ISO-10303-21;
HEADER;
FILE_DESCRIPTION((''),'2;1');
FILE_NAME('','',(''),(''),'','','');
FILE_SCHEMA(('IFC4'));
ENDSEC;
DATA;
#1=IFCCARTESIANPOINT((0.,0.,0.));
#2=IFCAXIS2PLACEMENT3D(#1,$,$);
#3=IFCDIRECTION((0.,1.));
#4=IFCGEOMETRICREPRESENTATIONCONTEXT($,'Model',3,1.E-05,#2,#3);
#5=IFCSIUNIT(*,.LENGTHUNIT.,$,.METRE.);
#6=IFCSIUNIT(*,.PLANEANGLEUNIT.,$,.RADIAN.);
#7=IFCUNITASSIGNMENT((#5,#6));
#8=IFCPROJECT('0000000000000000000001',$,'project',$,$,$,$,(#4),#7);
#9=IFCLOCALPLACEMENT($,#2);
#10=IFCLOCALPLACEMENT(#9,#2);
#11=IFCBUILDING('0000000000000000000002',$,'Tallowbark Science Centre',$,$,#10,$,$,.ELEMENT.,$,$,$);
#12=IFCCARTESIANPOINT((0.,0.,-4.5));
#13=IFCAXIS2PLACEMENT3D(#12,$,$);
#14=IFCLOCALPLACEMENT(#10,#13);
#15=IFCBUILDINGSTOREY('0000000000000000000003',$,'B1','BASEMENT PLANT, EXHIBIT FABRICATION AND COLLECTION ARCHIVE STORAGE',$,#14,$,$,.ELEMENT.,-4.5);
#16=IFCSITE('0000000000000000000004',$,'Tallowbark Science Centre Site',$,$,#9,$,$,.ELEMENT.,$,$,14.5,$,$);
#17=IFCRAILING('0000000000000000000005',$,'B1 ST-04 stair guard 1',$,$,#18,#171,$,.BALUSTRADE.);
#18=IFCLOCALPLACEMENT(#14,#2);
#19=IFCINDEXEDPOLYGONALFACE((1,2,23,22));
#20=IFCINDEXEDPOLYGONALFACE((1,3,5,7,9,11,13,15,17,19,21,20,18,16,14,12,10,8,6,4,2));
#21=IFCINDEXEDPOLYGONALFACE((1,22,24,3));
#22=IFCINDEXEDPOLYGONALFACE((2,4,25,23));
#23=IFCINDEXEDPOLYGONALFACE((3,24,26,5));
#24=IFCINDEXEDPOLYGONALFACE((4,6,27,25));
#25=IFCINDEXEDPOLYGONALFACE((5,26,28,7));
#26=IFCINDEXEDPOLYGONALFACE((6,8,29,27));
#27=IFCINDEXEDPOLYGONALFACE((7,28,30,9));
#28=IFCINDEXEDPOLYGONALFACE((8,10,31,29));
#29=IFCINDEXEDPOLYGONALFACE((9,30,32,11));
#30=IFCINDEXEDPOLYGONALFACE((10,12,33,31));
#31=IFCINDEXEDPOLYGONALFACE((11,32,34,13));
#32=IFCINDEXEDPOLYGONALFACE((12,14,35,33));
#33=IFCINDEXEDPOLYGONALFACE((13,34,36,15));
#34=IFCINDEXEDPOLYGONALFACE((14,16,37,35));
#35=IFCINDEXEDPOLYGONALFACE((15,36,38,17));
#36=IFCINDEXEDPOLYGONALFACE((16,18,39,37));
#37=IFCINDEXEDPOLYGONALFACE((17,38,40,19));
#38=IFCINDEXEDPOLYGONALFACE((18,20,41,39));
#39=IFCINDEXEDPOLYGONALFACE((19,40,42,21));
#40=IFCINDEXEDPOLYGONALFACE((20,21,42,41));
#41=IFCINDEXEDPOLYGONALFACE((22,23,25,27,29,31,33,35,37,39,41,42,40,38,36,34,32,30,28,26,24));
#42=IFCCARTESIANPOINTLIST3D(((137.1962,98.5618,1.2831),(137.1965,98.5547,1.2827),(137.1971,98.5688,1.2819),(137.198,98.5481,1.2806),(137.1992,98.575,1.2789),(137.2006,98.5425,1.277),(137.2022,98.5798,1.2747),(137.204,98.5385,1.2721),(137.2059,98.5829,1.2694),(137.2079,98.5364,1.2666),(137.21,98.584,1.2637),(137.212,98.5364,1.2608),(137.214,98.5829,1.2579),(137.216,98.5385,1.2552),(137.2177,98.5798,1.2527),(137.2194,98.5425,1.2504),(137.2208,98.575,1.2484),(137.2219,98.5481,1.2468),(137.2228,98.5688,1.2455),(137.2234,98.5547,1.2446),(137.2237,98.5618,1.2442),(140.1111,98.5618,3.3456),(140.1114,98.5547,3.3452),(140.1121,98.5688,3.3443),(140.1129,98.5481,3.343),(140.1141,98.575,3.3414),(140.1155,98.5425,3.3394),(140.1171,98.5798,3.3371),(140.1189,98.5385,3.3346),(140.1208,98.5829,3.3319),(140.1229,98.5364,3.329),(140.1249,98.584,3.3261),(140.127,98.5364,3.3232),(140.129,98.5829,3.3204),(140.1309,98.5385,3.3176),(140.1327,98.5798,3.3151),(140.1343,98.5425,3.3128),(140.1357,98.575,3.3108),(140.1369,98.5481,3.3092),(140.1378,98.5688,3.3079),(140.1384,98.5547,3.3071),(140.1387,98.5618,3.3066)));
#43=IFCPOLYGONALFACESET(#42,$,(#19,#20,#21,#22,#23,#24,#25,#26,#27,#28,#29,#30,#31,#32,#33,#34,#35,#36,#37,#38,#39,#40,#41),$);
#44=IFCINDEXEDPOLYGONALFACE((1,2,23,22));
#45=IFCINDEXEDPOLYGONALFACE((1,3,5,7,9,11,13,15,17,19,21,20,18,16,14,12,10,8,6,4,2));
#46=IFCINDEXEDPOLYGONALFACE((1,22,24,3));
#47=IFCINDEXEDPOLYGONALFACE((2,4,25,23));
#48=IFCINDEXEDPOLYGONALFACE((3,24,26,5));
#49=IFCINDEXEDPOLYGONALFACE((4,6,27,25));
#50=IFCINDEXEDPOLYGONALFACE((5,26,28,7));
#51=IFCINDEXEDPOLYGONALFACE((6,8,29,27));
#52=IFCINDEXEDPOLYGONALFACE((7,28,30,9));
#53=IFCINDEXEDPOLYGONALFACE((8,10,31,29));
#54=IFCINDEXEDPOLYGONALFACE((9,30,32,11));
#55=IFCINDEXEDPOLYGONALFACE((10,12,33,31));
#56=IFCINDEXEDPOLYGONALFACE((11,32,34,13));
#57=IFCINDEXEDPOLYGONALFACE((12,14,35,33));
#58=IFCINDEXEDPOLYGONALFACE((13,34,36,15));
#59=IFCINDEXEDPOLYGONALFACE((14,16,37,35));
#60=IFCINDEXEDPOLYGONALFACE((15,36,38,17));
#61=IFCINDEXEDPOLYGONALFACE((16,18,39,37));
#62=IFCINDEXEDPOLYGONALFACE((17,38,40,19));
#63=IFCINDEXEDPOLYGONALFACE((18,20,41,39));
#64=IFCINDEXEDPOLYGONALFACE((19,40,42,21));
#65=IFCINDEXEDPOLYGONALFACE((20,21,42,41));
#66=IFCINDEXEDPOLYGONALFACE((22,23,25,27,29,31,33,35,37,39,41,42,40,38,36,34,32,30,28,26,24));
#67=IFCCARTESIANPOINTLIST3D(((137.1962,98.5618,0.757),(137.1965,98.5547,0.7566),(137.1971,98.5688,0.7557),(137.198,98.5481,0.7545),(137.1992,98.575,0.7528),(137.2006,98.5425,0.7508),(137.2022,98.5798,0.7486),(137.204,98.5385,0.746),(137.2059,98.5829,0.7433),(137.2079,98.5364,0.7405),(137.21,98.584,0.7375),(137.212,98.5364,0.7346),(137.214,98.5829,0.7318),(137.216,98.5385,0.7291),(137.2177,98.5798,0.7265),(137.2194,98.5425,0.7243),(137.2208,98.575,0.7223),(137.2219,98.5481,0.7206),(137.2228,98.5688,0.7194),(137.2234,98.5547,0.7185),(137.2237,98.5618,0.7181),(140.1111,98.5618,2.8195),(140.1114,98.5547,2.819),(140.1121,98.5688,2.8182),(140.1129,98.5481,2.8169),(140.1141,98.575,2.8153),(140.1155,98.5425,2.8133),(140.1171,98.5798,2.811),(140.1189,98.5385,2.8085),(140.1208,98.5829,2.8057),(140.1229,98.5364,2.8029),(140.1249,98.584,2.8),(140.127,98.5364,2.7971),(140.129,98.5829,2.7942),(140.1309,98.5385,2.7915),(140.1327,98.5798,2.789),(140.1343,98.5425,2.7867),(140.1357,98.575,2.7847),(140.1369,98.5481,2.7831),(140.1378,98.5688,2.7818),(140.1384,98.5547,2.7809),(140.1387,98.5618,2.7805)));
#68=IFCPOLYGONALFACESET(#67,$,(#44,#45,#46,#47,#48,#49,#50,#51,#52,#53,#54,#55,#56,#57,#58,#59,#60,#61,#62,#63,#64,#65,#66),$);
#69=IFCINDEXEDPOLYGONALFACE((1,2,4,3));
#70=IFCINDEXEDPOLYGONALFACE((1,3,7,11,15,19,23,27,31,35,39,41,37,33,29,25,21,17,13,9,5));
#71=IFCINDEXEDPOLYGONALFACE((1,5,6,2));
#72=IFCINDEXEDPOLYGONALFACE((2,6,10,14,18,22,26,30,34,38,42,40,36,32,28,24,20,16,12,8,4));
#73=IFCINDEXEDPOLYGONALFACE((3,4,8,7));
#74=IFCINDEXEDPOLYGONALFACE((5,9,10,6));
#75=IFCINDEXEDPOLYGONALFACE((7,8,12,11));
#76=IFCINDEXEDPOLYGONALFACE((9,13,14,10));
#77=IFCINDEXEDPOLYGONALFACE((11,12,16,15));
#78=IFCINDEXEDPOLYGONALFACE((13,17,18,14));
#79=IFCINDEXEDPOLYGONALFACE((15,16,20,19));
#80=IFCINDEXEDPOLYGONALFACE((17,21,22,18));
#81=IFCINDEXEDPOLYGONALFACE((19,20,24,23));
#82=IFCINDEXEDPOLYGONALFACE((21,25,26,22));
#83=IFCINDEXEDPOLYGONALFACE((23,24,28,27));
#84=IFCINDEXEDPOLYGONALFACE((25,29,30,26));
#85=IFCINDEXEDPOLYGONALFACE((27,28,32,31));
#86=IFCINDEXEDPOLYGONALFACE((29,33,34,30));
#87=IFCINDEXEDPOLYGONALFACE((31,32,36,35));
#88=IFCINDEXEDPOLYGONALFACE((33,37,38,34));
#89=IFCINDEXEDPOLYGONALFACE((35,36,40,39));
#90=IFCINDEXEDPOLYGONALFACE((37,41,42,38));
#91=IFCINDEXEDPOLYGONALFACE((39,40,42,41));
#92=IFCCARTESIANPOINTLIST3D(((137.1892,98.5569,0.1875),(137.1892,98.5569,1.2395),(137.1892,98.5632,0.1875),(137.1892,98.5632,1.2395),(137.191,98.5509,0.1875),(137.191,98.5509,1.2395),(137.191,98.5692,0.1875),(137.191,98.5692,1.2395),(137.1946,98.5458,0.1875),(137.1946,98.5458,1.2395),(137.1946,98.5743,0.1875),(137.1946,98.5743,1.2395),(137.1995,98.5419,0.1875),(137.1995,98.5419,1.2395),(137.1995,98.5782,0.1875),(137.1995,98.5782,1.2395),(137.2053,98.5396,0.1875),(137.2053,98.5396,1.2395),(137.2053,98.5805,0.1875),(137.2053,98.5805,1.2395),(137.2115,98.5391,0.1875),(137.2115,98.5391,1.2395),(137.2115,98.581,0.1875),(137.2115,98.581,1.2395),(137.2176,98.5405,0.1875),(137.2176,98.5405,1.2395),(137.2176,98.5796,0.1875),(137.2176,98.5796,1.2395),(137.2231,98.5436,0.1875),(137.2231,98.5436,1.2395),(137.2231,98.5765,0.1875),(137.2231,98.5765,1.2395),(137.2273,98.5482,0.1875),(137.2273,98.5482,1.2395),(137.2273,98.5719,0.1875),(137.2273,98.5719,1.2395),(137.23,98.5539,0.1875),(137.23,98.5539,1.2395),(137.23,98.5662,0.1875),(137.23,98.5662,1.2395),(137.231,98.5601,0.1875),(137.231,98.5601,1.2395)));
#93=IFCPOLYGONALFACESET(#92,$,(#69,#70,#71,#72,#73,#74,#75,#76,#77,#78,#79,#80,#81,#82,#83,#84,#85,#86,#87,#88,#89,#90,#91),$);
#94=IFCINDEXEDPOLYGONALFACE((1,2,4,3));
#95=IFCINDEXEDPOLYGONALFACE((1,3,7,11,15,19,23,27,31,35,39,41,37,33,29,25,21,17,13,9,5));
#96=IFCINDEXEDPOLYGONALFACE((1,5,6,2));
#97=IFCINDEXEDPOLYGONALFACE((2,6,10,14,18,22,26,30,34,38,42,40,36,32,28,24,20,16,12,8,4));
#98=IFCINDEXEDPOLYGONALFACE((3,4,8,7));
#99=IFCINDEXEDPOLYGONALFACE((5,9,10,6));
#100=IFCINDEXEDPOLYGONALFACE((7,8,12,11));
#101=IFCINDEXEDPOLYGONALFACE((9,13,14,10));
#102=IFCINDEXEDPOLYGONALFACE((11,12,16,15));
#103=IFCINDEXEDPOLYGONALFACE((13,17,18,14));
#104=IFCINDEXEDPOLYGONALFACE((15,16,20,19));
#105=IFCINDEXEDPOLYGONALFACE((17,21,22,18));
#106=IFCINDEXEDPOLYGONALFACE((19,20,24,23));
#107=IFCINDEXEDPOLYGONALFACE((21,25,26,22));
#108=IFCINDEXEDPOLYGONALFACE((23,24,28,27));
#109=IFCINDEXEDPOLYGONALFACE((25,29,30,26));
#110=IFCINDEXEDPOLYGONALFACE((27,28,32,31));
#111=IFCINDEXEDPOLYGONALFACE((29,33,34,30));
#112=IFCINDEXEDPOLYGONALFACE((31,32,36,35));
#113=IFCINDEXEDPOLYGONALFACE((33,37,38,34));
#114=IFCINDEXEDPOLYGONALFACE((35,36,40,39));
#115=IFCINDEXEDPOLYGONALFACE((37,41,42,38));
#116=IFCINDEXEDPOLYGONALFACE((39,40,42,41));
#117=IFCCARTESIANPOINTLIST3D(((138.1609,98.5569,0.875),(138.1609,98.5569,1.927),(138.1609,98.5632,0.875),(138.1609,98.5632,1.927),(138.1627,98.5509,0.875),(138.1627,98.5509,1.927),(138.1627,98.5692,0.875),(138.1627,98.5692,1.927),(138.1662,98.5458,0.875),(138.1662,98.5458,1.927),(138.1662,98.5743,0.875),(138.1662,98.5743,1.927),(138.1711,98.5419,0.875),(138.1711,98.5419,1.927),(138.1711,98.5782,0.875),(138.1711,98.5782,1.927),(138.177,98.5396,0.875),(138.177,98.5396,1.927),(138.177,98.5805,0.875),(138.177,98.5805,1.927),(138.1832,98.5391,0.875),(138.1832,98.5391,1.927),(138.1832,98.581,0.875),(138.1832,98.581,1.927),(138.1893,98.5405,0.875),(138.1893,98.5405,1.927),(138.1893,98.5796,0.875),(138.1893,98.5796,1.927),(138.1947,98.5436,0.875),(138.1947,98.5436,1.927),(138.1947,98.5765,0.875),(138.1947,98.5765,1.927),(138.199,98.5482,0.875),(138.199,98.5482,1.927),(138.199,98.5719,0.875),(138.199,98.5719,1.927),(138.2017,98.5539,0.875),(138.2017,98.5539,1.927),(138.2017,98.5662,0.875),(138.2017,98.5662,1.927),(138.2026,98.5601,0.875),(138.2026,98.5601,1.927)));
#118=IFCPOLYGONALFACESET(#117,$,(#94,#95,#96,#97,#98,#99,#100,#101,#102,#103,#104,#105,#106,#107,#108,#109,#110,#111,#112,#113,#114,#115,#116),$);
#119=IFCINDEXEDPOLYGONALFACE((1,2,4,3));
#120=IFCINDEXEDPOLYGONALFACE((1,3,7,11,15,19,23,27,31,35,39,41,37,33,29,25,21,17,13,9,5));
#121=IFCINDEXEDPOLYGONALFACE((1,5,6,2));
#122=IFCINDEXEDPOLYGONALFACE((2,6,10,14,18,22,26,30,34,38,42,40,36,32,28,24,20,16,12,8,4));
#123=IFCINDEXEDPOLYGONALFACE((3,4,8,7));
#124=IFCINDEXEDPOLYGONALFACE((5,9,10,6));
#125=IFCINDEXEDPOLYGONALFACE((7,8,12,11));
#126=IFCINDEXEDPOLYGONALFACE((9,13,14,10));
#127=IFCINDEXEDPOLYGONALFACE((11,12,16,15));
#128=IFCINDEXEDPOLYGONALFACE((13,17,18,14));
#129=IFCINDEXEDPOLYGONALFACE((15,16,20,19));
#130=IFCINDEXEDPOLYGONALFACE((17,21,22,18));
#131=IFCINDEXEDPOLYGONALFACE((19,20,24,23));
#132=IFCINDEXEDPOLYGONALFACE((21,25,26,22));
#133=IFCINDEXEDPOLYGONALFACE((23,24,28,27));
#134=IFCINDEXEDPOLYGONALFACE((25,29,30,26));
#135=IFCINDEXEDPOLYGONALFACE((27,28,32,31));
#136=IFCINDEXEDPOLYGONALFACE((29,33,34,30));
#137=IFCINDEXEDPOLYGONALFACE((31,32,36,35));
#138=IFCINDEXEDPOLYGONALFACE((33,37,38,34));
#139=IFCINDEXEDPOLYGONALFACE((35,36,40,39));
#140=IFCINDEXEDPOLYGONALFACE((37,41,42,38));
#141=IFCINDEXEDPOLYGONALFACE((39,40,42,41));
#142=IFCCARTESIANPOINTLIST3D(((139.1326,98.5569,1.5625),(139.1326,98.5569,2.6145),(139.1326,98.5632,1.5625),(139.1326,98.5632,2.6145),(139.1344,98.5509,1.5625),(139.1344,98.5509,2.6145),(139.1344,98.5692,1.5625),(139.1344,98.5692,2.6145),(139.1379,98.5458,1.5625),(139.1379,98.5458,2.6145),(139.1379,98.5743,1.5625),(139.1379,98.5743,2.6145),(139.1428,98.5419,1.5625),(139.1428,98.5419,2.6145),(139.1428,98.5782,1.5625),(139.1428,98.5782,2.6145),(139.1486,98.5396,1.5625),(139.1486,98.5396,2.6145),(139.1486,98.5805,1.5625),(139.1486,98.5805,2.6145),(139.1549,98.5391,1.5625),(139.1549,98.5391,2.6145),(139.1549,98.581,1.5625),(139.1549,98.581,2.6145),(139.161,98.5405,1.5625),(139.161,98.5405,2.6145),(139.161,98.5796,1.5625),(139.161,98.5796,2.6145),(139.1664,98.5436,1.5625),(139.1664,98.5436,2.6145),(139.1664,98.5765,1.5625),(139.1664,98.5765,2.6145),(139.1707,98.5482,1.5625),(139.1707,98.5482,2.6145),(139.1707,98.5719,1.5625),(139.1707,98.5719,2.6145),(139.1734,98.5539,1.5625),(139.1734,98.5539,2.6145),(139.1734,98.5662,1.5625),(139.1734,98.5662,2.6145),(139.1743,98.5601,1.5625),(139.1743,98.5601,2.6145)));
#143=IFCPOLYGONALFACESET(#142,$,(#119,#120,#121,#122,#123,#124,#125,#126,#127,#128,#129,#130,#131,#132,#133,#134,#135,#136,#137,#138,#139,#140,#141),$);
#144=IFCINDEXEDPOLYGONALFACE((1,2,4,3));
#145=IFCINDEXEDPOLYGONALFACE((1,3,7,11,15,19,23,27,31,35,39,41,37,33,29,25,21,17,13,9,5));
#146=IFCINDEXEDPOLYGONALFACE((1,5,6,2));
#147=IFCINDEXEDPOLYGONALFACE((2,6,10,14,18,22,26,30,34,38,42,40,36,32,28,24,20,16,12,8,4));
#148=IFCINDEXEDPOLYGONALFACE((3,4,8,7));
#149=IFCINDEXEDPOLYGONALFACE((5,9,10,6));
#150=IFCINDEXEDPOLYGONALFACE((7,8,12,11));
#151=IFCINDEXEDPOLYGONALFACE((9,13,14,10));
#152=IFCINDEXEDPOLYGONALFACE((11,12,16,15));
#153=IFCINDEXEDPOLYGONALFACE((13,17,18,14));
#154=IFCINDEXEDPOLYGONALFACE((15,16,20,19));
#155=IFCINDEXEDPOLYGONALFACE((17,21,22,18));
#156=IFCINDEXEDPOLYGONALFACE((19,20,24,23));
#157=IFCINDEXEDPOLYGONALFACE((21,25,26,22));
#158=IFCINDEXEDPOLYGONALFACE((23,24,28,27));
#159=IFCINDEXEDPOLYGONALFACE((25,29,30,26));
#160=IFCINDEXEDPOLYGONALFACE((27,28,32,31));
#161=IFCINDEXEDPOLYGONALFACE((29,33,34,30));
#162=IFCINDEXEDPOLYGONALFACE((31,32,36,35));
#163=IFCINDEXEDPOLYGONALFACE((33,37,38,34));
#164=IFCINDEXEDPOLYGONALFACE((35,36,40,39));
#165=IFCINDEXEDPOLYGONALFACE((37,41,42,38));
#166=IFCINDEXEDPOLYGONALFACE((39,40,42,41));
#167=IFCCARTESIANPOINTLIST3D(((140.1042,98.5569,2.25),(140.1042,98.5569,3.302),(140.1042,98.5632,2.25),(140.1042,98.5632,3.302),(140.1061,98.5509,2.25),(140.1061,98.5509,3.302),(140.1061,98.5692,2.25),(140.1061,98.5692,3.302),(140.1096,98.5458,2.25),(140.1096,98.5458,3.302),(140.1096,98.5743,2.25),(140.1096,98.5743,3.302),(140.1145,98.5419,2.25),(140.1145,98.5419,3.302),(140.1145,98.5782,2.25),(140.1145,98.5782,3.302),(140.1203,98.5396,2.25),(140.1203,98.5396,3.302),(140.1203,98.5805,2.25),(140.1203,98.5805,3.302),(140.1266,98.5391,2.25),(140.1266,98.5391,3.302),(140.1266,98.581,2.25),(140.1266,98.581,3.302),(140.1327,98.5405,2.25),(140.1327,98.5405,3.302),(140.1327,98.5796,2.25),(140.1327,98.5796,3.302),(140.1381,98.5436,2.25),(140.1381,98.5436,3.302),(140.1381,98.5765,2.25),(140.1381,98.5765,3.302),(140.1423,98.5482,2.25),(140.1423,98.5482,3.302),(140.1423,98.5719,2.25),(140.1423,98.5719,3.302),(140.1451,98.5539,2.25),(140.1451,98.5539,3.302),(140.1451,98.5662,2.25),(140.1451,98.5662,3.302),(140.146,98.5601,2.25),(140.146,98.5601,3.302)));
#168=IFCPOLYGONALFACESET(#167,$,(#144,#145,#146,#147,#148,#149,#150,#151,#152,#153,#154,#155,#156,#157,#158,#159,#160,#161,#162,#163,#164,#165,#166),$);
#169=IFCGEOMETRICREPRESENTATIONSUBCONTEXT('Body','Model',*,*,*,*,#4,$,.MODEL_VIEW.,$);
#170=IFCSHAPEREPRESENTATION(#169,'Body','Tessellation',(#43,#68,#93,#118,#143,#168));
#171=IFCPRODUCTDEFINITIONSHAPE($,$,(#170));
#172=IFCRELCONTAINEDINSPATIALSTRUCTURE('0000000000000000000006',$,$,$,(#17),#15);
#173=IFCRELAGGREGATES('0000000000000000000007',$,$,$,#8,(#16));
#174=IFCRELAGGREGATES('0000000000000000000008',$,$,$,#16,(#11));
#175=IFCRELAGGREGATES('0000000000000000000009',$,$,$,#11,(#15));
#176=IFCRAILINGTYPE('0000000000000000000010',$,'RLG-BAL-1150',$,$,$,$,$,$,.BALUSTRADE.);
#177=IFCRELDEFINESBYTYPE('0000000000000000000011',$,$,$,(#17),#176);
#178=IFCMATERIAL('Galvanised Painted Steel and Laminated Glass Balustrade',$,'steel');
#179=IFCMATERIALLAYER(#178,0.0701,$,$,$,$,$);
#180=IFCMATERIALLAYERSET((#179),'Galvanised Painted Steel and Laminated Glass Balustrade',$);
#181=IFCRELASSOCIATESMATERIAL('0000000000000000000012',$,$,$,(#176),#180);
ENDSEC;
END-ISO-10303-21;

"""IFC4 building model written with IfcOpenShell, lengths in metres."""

from ifc_helpers import new_model, si_unit, direction, frame, origin, origin_2d, place, context, subcontext, project, spatial, circle, extrude, material, layer, layer_set, type_object, element, save


model = new_model("IFC4")

# Units and contexts
model_context = context("Model", 3, precision=1e-05, world=origin(), true_north=direction((0.0, 1.0)))
body_context = subcontext(model_context, "Body", "Model", "MODEL_VIEW")
ifc_project = project(units=[si_unit("LENGTHUNIT", "METRE"), si_unit("PLANEANGLEUNIT", "RADIAN")], contexts=[model_context])

# Site, building, storey
site_placement = place(None, origin())
site = spatial("IfcSite", under=ifc_project, at=site_placement, Name="Tallowbark Science Centre Site", CompositionType="ELEMENT", RefElevation=14.5)
building_placement = place(site_placement, origin())
building = spatial("IfcBuilding", under=site, at=building_placement, Name="Tallowbark Science Centre", CompositionType="ELEMENT")
storey_placement = place(building_placement, frame((0.0, 0.0, -4.5)))
storey = spatial("IfcBuildingStorey", under=building, at=storey_placement, Name="B1", Description="BASEMENT PLANT, EXHIBIT FABRICATION AND COLLECTION ARCHIVE STORAGE", CompositionType="ELEMENT", Elevation=-4.5)

# Railing
ifc_material_1 = material(Name="Galvanised Painted Steel and Laminated Glass Balustrade", Category="steel")
ifc_layer_1 = layer(ifc_material_1, 0.0701)
ifc_layer_set_1 = layer_set([ifc_layer_1], Name="Galvanised Painted Steel and Laminated Glass Balustrade")
railing_type = type_object("IfcRailingType", Name="RLG-BAL-1150", PredefinedType="BALUSTRADE", material=ifc_layer_set_1)
railing_1_placement = place(storey_placement, frame((137.21, 98.5601, 0.1875)))
element("IfcRailing", 1, at=railing_1_placement, inside=storey, type_object=railing_type, Name="B1 ST-04 stair guard 1", PredefinedType="BALUSTRADE", context=body_context, shape_type="SweptSolid", body=[
    extrude(circle(Radius=0.0239, at=origin_2d()), frame((0.0, 0.0, 1.0762), z_axis=(0.816331, 0.0, 0.577585), x_axis=(0.0, 1.0, 0.0)), (0.0, 0.0, 1.0), 3.5708),
    extrude(circle(Radius=0.0239, at=origin_2d()), frame((0.0, 0.0, 0.55), z_axis=(0.816331, 0.0, 0.577585), x_axis=(0.0, 1.0, 0.0)), (0.0, 0.0, 1.0), 3.5708),
    extrude(circle(Radius=0.021, at=origin_2d()), origin(), (0.0, 0.0, 1.0), 1.052),
    extrude(circle(Radius=0.021, at=origin_2d()), frame((0.9717, 0.0, 0.6875)), (0.0, 0.0, 1.0), 1.052),
    extrude(circle(Radius=0.021, at=origin_2d()), frame((1.9434, 0.0, 1.375)), (0.0, 0.0, 1.0), 1.052),
    extrude(circle(Radius=0.021, at=origin_2d()), frame((2.915, 0.0, 2.0625)), (0.0, 0.0, 1.0), 1.052),
])

save(model, "model.ifc")
